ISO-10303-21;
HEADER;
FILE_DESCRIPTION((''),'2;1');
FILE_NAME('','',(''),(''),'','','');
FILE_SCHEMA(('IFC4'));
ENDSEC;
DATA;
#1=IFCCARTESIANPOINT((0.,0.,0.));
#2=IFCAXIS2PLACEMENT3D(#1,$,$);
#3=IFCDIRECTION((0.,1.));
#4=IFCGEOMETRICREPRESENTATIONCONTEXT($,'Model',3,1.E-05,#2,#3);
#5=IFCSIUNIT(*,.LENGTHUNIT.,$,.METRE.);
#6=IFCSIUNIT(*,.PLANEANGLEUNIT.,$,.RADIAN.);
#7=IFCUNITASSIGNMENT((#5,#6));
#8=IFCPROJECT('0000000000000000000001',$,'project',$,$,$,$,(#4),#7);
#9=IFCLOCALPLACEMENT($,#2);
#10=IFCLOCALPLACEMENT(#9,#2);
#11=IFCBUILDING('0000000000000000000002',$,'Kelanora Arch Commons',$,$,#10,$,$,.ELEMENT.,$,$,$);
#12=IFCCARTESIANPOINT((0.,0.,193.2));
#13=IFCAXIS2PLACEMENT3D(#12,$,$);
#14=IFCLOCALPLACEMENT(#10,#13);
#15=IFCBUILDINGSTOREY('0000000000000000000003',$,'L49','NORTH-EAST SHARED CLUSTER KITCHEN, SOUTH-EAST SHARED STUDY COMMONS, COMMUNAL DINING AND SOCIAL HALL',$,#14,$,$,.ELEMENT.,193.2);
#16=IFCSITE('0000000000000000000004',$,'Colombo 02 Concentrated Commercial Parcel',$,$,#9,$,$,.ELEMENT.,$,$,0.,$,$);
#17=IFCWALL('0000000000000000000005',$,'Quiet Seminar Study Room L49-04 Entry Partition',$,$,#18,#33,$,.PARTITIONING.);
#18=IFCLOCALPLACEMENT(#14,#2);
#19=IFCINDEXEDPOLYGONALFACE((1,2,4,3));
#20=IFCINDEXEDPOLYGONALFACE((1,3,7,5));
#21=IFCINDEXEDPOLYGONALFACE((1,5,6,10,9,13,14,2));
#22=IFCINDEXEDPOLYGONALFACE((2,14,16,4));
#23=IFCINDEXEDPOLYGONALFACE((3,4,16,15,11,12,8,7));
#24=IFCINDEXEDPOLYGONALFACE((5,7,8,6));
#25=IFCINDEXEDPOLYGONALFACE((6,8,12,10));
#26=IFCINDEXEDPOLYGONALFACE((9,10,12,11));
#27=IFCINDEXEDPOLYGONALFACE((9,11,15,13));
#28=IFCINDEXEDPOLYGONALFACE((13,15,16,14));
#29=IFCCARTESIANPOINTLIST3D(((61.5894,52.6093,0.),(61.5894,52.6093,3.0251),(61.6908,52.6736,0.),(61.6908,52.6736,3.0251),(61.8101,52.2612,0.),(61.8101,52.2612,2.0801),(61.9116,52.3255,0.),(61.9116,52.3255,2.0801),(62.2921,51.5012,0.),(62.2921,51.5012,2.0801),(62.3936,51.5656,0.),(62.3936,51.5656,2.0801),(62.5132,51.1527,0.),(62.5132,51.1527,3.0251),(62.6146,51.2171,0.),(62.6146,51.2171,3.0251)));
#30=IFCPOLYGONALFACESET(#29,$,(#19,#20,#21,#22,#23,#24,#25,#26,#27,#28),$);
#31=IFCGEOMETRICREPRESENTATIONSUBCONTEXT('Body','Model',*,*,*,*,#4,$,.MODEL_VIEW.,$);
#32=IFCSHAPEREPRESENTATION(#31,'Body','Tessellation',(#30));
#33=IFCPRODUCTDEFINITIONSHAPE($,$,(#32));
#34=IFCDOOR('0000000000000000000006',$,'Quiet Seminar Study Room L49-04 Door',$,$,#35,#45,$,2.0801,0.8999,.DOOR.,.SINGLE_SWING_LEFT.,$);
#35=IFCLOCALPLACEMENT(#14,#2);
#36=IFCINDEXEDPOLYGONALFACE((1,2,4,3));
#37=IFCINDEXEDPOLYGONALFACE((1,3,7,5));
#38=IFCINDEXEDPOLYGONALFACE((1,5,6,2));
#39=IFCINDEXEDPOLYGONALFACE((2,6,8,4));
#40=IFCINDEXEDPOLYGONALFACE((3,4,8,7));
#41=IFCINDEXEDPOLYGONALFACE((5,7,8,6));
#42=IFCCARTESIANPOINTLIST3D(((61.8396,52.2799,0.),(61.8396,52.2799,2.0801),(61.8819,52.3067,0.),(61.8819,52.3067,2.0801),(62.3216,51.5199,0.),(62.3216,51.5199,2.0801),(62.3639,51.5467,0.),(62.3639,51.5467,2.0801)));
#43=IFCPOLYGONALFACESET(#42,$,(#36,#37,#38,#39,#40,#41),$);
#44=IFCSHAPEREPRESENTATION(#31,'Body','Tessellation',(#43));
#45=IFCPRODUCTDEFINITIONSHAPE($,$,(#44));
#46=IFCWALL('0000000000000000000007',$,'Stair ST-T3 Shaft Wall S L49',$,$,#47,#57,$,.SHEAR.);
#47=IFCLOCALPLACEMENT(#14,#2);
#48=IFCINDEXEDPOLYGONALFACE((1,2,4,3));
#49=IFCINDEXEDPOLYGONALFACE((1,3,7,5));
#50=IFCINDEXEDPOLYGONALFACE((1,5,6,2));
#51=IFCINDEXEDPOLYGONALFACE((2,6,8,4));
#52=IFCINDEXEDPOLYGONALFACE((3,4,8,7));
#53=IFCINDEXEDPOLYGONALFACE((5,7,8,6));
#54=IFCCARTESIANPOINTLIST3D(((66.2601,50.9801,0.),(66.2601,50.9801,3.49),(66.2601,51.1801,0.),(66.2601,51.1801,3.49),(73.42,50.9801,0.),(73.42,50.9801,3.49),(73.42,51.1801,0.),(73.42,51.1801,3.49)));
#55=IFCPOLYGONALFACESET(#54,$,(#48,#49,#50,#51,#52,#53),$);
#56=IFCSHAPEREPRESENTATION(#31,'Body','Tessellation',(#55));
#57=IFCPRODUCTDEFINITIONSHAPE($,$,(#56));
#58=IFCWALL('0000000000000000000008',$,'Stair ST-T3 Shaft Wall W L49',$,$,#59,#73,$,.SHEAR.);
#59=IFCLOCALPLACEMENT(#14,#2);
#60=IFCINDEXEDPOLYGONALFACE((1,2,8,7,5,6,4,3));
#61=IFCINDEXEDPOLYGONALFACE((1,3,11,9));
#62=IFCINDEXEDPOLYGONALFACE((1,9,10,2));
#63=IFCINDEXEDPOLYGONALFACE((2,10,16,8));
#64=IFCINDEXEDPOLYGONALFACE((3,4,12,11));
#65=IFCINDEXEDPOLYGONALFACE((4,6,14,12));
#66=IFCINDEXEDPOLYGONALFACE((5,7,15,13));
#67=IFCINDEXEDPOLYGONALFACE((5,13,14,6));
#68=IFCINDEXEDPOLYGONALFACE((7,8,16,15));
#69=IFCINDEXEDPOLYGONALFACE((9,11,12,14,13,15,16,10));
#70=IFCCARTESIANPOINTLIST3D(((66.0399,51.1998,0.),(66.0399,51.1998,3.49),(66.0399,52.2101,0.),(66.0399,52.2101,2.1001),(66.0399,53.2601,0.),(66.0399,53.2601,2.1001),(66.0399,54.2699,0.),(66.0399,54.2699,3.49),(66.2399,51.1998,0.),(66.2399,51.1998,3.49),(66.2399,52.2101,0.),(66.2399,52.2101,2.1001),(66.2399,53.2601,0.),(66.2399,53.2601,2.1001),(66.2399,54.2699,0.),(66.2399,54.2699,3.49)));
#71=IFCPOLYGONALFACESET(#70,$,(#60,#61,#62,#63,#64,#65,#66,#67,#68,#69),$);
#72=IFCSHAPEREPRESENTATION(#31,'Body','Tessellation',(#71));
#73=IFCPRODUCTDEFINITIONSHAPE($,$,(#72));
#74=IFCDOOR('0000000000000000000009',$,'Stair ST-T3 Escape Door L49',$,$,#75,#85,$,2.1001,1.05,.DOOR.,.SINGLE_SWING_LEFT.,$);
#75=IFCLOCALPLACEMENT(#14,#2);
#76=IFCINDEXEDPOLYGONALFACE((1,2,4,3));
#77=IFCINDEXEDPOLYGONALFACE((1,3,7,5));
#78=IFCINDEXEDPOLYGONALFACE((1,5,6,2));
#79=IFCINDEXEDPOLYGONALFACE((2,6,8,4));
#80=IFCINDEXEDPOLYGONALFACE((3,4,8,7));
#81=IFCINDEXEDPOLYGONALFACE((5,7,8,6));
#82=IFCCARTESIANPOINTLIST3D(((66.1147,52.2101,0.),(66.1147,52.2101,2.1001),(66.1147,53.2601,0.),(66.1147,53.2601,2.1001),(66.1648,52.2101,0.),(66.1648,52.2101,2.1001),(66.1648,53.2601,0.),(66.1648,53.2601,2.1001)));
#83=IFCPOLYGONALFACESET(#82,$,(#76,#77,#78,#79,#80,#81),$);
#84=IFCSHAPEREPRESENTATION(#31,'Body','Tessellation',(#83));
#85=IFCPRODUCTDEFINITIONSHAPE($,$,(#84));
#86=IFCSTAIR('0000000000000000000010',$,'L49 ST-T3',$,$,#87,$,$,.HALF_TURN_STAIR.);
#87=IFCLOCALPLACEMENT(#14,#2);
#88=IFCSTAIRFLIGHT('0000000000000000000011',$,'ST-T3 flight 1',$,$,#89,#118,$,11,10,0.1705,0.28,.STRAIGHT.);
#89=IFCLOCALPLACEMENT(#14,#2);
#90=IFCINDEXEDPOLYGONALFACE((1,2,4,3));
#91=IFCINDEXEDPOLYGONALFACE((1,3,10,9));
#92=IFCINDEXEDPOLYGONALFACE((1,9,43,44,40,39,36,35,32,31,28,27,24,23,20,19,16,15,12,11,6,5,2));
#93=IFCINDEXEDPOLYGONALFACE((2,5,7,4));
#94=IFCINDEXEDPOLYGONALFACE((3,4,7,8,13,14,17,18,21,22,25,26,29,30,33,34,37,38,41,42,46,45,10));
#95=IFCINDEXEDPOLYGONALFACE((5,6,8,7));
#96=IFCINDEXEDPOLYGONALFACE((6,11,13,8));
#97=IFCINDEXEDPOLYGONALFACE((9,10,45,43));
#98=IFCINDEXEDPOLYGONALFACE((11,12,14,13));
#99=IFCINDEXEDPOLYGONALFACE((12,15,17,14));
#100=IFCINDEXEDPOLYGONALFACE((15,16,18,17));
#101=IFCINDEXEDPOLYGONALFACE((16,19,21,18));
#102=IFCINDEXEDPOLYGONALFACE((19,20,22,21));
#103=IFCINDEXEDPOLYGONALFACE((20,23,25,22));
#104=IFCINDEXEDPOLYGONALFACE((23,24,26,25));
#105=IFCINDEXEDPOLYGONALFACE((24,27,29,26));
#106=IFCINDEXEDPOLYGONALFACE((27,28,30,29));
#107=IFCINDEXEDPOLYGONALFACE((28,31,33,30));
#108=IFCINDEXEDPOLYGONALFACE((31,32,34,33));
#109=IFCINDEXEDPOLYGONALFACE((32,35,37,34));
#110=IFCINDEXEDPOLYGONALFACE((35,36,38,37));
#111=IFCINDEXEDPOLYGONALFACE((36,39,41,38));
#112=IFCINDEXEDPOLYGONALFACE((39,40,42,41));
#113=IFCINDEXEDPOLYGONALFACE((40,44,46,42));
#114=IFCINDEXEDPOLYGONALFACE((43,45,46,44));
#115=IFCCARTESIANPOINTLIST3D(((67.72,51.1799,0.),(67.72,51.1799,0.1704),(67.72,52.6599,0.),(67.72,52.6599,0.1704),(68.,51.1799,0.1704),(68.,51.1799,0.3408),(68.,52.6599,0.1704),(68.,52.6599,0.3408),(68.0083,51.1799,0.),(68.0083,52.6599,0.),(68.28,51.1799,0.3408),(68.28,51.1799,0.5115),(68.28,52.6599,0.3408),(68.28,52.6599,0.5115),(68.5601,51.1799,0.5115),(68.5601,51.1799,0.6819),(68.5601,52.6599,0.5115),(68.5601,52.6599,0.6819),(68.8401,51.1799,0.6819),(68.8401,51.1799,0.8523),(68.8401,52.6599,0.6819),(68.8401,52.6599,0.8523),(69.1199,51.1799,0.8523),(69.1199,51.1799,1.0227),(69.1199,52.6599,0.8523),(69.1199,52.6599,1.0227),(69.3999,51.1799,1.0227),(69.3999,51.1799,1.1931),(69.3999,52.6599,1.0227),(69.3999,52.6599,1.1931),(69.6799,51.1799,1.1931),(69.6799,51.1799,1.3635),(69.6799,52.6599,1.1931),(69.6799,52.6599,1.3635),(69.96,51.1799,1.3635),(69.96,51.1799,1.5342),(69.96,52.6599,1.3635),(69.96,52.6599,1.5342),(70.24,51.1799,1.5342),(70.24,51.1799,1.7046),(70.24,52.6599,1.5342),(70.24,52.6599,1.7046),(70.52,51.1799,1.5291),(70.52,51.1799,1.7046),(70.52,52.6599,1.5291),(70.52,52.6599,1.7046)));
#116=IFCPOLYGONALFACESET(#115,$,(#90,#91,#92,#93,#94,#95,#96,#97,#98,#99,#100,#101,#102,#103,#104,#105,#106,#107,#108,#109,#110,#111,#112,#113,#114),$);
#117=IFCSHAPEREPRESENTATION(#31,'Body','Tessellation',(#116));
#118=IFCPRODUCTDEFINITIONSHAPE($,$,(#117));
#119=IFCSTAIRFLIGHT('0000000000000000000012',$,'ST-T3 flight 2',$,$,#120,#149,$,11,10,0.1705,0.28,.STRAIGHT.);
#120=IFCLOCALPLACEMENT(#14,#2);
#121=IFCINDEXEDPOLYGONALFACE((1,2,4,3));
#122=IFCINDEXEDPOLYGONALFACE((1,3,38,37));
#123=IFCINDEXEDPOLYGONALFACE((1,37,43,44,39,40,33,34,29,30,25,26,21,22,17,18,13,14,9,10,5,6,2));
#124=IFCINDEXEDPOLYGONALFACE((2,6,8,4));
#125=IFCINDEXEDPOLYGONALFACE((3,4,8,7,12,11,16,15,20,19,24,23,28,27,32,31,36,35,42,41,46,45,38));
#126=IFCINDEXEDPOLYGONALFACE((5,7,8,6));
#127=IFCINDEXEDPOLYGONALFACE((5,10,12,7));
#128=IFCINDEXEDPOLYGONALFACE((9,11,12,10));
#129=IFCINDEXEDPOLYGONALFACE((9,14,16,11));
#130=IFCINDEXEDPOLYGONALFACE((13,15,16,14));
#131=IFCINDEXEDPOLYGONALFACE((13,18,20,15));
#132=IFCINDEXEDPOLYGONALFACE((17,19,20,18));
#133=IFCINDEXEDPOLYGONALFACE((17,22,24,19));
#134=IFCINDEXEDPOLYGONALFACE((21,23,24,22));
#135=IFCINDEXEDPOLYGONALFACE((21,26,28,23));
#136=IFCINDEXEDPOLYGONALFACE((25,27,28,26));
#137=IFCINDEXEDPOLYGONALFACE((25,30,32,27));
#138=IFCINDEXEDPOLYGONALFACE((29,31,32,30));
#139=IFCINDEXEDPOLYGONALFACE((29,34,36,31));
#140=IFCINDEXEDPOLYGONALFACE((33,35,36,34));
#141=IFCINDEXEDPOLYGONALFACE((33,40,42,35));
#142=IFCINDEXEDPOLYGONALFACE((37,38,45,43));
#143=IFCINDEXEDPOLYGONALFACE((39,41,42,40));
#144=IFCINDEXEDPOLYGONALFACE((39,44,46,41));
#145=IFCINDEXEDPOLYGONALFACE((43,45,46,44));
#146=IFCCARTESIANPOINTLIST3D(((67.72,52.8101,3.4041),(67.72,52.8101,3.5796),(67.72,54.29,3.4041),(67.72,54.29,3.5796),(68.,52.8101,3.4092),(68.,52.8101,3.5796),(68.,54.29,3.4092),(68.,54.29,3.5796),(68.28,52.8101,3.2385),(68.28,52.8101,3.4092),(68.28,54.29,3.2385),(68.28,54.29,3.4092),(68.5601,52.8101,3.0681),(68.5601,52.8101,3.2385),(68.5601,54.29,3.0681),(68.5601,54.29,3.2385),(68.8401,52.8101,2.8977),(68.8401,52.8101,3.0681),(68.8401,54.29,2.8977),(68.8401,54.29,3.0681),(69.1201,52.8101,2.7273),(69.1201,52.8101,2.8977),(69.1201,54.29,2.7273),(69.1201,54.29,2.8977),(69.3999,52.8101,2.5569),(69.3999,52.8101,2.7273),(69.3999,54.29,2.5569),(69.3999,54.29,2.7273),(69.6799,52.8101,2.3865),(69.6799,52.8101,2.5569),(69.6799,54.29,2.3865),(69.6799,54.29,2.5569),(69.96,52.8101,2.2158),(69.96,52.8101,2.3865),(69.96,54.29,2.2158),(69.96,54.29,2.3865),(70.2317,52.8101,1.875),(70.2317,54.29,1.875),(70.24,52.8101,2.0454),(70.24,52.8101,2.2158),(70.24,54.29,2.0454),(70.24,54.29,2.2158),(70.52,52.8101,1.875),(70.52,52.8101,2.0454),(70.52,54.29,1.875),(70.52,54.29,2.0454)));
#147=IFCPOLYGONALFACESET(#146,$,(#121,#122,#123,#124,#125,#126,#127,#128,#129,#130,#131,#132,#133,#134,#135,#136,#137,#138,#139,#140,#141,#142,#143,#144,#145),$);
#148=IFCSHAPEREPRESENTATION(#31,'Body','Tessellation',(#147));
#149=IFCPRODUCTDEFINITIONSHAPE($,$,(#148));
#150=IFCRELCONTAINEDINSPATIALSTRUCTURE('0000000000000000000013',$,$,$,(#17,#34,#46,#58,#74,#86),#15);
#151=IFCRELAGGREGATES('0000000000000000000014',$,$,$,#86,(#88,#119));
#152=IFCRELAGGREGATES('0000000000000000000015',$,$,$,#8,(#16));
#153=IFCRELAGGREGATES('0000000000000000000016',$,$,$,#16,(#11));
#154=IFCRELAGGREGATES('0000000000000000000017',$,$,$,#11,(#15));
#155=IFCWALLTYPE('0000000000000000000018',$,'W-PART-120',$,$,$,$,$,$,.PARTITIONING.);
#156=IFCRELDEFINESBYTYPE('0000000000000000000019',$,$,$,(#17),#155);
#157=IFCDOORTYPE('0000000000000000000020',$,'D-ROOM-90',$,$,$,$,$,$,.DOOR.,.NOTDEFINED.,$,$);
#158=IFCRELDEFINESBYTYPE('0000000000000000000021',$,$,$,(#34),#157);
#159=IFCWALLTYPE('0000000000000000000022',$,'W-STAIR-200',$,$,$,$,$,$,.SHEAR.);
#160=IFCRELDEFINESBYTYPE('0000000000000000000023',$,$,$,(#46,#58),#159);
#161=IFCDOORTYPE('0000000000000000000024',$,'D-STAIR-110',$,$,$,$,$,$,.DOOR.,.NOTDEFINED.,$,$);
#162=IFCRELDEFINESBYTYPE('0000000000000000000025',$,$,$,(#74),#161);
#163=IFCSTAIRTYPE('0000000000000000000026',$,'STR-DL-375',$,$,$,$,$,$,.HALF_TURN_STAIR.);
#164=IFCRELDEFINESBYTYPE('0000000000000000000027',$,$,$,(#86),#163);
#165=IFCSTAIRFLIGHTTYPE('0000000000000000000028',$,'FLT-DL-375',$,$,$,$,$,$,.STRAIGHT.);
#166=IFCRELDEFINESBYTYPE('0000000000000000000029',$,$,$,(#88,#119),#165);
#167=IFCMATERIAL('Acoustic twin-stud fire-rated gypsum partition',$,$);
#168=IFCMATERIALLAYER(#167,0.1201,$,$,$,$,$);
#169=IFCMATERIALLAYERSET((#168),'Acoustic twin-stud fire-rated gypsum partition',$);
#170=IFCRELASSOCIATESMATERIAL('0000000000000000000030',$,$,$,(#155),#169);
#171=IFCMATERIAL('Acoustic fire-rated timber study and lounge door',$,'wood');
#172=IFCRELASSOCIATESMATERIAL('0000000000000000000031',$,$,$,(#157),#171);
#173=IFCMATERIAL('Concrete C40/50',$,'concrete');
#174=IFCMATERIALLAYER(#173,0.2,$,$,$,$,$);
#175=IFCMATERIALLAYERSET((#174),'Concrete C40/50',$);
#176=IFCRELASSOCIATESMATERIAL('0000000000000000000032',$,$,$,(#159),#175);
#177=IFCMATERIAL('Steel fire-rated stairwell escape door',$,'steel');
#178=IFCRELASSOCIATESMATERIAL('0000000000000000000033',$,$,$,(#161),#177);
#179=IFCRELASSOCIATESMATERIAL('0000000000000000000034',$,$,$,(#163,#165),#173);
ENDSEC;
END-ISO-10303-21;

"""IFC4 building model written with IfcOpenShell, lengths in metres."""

from ifc_helpers import new_model, si_unit, direction, frame, frame_2d, origin, place, context, subcontext, project, spatial, polyline, rectangle, outline, extrude, material, layer, layer_set, type_object, element, fill, aggregate, save


model = new_model("IFC4")

# Units and contexts
model_context = context("Model", 3, precision=1e-05, world=origin(), true_north=direction((0.0, 1.0)))
body_context = subcontext(model_context, "Body", "Model", "MODEL_VIEW")
ifc_project = project(units=[si_unit("LENGTHUNIT", "METRE"), si_unit("PLANEANGLEUNIT", "RADIAN")], contexts=[model_context])

# Site, building, storey
site_placement = place(None, origin())
site = spatial("IfcSite", under=ifc_project, at=site_placement, Name="Colombo 02 Concentrated Commercial Parcel", CompositionType="ELEMENT", RefElevation=0.0)
building_placement = place(site_placement, origin())
building = spatial("IfcBuilding", under=site, at=building_placement, Name="Kelanora Arch Commons", CompositionType="ELEMENT")
storey_placement = place(building_placement, frame((0.0, 0.0, 193.2)))
storey = spatial("IfcBuildingStorey", under=building, at=storey_placement, Name="L49", Description="NORTH-EAST SHARED CLUSTER KITCHEN, SOUTH-EAST SHARED STUDY COMMONS, COMMUNAL DINING AND SOCIAL HALL", CompositionType="ELEMENT", Elevation=193.2)

# Shared definitions
ifc_material_1 = material(Name="Concrete C40/50", Category="concrete")

# Wall, opening, door
ifc_material_2 = material(Name="Acoustic twin-stud fire-rated gypsum partition")
ifc_layer_1 = layer(ifc_material_2, 0.1201)
ifc_layer_set_1 = layer_set([ifc_layer_1], Name="Acoustic twin-stud fire-rated gypsum partition")
wall_type_1 = type_object("IfcWallType", Name="W-PART-120", PredefinedType="PARTITIONING", material=ifc_layer_set_1)
wall_1_placement = place(storey_placement, frame((61.6401, 52.6414, 0.0), z_axis=(0.0, 0.0, 1.0), x_axis=(0.535611, -0.844465, 0.0)))
wall_1 = element("IfcWall", 1, at=wall_1_placement, inside=storey, type_object=wall_type_1, Name="Quiet Seminar Study Room L49-04 Entry Partition", PredefinedType="PARTITIONING", context=body_context, shape_type="SweptSolid", body=[
    extrude(rectangle(XDim=1.7249, YDim=0.1201, at=frame_2d((0.8623, 0.0))), origin(), (0.0, 0.0, 1.0), 3.0251),
])
opening_1_placement = place(wall_1_placement, frame((0.4121, 0.0, 0.0)))
opening_1 = element("IfcOpeningElement", 2, at=opening_1_placement, cuts=wall_1, PredefinedType="OPENING", context=body_context, shape_type="SweptSolid", body=[
    extrude(rectangle(XDim=0.8999, YDim=2.0801, at=frame_2d((0.45, 1.04))), frame((0.0, 0.0701, 0.0), z_axis=(0.0, -1.0, 0.0), x_axis=(1.0, 0.0, 0.0)), (0.0, 0.0, 1.0), 0.1401),
])
ifc_material_3 = material(Name="Acoustic fire-rated timber study and lounge door", Category="wood")
door_type_1 = type_object("IfcDoorType", Name="D-ROOM-90", OperationType="NOTDEFINED", PredefinedType="DOOR", material=ifc_material_3)
door_1_placement = place(opening_1_placement, origin())
door_1 = element("IfcDoor", 3, at=door_1_placement, inside=storey, type_object=door_type_1, Name="Quiet Seminar Study Room L49-04 Door", OperationType="SINGLE_SWING_LEFT", OverallHeight=2.0801, OverallWidth=0.8999, PredefinedType="DOOR", context=body_context, shape_type="SweptSolid", body=[
    extrude(rectangle(XDim=0.8999, YDim=2.0801, at=frame_2d((0.45, 1.04))), frame((0.0, 0.0249, 0.0), z_axis=(0.0, -1.0, 0.0), x_axis=(1.0, 0.0, 0.0)), (0.0, 0.0, 1.0), 0.05),
])
fill(opening_1, door_1)

# Wall
ifc_layer_2 = layer(ifc_material_1, 0.2)
ifc_layer_set_2 = layer_set([ifc_layer_2], Name="Concrete C40/50")
wall_type_2 = type_object("IfcWallType", Name="W-STAIR-200", PredefinedType="SHEAR", material=ifc_layer_set_2)
wall_2_placement = place(storey_placement, frame((66.26, 51.0801, 0.0), z_axis=(0.0, 0.0, 1.0), x_axis=(1.0, 0.0, 0.0)))
element("IfcWall", 4, at=wall_2_placement, inside=storey, type_object=wall_type_2, Name="Stair ST-T3 Shaft Wall S L49", PredefinedType="SHEAR", context=body_context, shape_type="SweptSolid", body=[
    extrude(rectangle(XDim=7.1599, YDim=0.2, at=frame_2d((3.5801, 0.0))), origin(), (0.0, 0.0, 1.0), 3.49),
])

# Wall, opening, door
wall_3_placement = place(storey_placement, frame((66.1399, 54.27, 0.0), z_axis=(0.0, 0.0, 1.0), x_axis=(0.0, -1.0, 0.0)))
wall_3 = element("IfcWall", 5, at=wall_3_placement, inside=storey, type_object=wall_type_2, Name="Stair ST-T3 Shaft Wall W L49", PredefinedType="SHEAR", context=body_context, shape_type="SweptSolid", body=[
    extrude(rectangle(XDim=3.0701, YDim=0.2, at=frame_2d((1.5352, 0.0))), origin(), (0.0, 0.0, 1.0), 3.49),
])
opening_2_placement = place(wall_3_placement, frame((1.01, 0.0, 0.0)))
opening_2 = element("IfcOpeningElement", 6, at=opening_2_placement, cuts=wall_3, PredefinedType="OPENING", context=body_context, shape_type="SweptSolid", body=[
    extrude(rectangle(XDim=1.05, YDim=2.1001, at=frame_2d((0.5249, 1.05))), frame((0.0, 0.1099, 0.0), z_axis=(0.0, -1.0, 0.0), x_axis=(1.0, 0.0, 0.0)), (0.0, 0.0, 1.0), 0.22),
])
ifc_material_4 = material(Name="Steel fire-rated stairwell escape door", Category="steel")
door_type_2 = type_object("IfcDoorType", Name="D-STAIR-110", OperationType="NOTDEFINED", PredefinedType="DOOR", material=ifc_material_4)
door_2_placement = place(opening_2_placement, origin())
door_2 = element("IfcDoor", 7, at=door_2_placement, inside=storey, type_object=door_type_2, Name="Stair ST-T3 Escape Door L49", OperationType="SINGLE_SWING_LEFT", OverallHeight=2.1001, OverallWidth=1.05, PredefinedType="DOOR", context=body_context, shape_type="SweptSolid", body=[
    extrude(rectangle(XDim=1.05, YDim=2.1001, at=frame_2d((0.5249, 1.05))), frame((0.0, 0.0249, 0.0), z_axis=(0.0, -1.0, 0.0), x_axis=(1.0, 0.0, 0.0)), (0.0, 0.0, 1.0), 0.05),
])
fill(opening_2, door_2)

# Stair, stair flights
stair_type = type_object("IfcStairType", Name="STR-DL-375", PredefinedType="HALF_TURN_STAIR", material=ifc_material_1)
stair_placement = place(storey_placement, origin())
stair = element("IfcStair", 8, at=stair_placement, inside=storey, type_object=stair_type, Name="L49 ST-T3", PredefinedType="HALF_TURN_STAIR")
stair_flight_type = type_object("IfcStairFlightType", Name="FLT-DL-375", PredefinedType="STRAIGHT", material=ifc_material_1)
stair_flight_1_placement = place(storey_placement, frame((67.72, 51.9199, 0.0), z_axis=(0.0, 0.0, 1.0), x_axis=(1.0, 0.0, 0.0)))
stair_flight_1 = element("IfcStairFlight", 9, at=stair_flight_1_placement, type_object=stair_flight_type, Name="ST-T3 flight 1", NumberOfRisers=11, NumberOfTreads=10, PredefinedType="STRAIGHT", RiserHeight=0.1705, TreadLength=0.28, context=body_context, shape_type="SweptSolid", body=[
    extrude(outline(polyline([(0.0, 0.0), (0.0, 0.1704), (0.28, 0.1704), (0.28, 0.3408), (0.5601, 0.3408), (0.5601, 0.5115), (0.8401, 0.5115), (0.8401, 0.6819), (1.1201, 0.6819), (1.1201, 0.8523), (1.3999, 0.8523), (1.3999, 1.0227), (1.6799, 1.0227), (1.6799, 1.1931), (1.96, 1.1931), (1.96, 1.3635), (2.24, 1.3635), (2.24, 1.5342), (2.52, 1.5342), (2.52, 1.7046), (2.8, 1.7046), (2.8, 1.875), (2.8, 1.5291), (0.2883, 0.0), (0.0, 0.0)])), frame((0.0, 0.74, 0.0), z_axis=(0.0, -1.0, 0.0), x_axis=(1.0, 0.0, 0.0)), (0.0, 0.0, 1.0), 1.48),
])
stair_flight_2_placement = place(storey_placement, frame((70.52, 53.55, 1.875), z_axis=(0.0, 0.0, 1.0), x_axis=(-1.0, 0.0, 0.0)))
stair_flight_2 = element("IfcStairFlight", 10, at=stair_flight_2_placement, type_object=stair_flight_type, Name="ST-T3 flight 2", NumberOfRisers=11, NumberOfTreads=10, PredefinedType="STRAIGHT", RiserHeight=0.1705, TreadLength=0.28, context=body_context, shape_type="SweptSolid", body=[
    extrude(outline(polyline([(0.0, 0.0), (0.0, 0.1704), (0.28, 0.1704), (0.28, 0.3408), (0.5601, 0.3408), (0.5601, 0.5115), (0.8401, 0.5115), (0.8401, 0.6819), (1.1201, 0.6819), (1.1201, 0.8523), (1.3999, 0.8523), (1.3999, 1.0227), (1.6799, 1.0227), (1.6799, 1.1931), (1.96, 1.1931), (1.96, 1.3635), (2.24, 1.3635), (2.24, 1.5342), (2.52, 1.5342), (2.52, 1.7046), (2.8, 1.7046), (2.8, 1.875), (2.8, 1.5291), (0.2883, 0.0), (0.0, 0.0)])), frame((0.0, 0.74, 0.0), z_axis=(0.0, -1.0, 0.0), x_axis=(1.0, 0.0, 0.0)), (0.0, 0.0, 1.0), 1.48),
])
aggregate(stair, [stair_flight_1, stair_flight_2])

save(model, "model.ifc")
